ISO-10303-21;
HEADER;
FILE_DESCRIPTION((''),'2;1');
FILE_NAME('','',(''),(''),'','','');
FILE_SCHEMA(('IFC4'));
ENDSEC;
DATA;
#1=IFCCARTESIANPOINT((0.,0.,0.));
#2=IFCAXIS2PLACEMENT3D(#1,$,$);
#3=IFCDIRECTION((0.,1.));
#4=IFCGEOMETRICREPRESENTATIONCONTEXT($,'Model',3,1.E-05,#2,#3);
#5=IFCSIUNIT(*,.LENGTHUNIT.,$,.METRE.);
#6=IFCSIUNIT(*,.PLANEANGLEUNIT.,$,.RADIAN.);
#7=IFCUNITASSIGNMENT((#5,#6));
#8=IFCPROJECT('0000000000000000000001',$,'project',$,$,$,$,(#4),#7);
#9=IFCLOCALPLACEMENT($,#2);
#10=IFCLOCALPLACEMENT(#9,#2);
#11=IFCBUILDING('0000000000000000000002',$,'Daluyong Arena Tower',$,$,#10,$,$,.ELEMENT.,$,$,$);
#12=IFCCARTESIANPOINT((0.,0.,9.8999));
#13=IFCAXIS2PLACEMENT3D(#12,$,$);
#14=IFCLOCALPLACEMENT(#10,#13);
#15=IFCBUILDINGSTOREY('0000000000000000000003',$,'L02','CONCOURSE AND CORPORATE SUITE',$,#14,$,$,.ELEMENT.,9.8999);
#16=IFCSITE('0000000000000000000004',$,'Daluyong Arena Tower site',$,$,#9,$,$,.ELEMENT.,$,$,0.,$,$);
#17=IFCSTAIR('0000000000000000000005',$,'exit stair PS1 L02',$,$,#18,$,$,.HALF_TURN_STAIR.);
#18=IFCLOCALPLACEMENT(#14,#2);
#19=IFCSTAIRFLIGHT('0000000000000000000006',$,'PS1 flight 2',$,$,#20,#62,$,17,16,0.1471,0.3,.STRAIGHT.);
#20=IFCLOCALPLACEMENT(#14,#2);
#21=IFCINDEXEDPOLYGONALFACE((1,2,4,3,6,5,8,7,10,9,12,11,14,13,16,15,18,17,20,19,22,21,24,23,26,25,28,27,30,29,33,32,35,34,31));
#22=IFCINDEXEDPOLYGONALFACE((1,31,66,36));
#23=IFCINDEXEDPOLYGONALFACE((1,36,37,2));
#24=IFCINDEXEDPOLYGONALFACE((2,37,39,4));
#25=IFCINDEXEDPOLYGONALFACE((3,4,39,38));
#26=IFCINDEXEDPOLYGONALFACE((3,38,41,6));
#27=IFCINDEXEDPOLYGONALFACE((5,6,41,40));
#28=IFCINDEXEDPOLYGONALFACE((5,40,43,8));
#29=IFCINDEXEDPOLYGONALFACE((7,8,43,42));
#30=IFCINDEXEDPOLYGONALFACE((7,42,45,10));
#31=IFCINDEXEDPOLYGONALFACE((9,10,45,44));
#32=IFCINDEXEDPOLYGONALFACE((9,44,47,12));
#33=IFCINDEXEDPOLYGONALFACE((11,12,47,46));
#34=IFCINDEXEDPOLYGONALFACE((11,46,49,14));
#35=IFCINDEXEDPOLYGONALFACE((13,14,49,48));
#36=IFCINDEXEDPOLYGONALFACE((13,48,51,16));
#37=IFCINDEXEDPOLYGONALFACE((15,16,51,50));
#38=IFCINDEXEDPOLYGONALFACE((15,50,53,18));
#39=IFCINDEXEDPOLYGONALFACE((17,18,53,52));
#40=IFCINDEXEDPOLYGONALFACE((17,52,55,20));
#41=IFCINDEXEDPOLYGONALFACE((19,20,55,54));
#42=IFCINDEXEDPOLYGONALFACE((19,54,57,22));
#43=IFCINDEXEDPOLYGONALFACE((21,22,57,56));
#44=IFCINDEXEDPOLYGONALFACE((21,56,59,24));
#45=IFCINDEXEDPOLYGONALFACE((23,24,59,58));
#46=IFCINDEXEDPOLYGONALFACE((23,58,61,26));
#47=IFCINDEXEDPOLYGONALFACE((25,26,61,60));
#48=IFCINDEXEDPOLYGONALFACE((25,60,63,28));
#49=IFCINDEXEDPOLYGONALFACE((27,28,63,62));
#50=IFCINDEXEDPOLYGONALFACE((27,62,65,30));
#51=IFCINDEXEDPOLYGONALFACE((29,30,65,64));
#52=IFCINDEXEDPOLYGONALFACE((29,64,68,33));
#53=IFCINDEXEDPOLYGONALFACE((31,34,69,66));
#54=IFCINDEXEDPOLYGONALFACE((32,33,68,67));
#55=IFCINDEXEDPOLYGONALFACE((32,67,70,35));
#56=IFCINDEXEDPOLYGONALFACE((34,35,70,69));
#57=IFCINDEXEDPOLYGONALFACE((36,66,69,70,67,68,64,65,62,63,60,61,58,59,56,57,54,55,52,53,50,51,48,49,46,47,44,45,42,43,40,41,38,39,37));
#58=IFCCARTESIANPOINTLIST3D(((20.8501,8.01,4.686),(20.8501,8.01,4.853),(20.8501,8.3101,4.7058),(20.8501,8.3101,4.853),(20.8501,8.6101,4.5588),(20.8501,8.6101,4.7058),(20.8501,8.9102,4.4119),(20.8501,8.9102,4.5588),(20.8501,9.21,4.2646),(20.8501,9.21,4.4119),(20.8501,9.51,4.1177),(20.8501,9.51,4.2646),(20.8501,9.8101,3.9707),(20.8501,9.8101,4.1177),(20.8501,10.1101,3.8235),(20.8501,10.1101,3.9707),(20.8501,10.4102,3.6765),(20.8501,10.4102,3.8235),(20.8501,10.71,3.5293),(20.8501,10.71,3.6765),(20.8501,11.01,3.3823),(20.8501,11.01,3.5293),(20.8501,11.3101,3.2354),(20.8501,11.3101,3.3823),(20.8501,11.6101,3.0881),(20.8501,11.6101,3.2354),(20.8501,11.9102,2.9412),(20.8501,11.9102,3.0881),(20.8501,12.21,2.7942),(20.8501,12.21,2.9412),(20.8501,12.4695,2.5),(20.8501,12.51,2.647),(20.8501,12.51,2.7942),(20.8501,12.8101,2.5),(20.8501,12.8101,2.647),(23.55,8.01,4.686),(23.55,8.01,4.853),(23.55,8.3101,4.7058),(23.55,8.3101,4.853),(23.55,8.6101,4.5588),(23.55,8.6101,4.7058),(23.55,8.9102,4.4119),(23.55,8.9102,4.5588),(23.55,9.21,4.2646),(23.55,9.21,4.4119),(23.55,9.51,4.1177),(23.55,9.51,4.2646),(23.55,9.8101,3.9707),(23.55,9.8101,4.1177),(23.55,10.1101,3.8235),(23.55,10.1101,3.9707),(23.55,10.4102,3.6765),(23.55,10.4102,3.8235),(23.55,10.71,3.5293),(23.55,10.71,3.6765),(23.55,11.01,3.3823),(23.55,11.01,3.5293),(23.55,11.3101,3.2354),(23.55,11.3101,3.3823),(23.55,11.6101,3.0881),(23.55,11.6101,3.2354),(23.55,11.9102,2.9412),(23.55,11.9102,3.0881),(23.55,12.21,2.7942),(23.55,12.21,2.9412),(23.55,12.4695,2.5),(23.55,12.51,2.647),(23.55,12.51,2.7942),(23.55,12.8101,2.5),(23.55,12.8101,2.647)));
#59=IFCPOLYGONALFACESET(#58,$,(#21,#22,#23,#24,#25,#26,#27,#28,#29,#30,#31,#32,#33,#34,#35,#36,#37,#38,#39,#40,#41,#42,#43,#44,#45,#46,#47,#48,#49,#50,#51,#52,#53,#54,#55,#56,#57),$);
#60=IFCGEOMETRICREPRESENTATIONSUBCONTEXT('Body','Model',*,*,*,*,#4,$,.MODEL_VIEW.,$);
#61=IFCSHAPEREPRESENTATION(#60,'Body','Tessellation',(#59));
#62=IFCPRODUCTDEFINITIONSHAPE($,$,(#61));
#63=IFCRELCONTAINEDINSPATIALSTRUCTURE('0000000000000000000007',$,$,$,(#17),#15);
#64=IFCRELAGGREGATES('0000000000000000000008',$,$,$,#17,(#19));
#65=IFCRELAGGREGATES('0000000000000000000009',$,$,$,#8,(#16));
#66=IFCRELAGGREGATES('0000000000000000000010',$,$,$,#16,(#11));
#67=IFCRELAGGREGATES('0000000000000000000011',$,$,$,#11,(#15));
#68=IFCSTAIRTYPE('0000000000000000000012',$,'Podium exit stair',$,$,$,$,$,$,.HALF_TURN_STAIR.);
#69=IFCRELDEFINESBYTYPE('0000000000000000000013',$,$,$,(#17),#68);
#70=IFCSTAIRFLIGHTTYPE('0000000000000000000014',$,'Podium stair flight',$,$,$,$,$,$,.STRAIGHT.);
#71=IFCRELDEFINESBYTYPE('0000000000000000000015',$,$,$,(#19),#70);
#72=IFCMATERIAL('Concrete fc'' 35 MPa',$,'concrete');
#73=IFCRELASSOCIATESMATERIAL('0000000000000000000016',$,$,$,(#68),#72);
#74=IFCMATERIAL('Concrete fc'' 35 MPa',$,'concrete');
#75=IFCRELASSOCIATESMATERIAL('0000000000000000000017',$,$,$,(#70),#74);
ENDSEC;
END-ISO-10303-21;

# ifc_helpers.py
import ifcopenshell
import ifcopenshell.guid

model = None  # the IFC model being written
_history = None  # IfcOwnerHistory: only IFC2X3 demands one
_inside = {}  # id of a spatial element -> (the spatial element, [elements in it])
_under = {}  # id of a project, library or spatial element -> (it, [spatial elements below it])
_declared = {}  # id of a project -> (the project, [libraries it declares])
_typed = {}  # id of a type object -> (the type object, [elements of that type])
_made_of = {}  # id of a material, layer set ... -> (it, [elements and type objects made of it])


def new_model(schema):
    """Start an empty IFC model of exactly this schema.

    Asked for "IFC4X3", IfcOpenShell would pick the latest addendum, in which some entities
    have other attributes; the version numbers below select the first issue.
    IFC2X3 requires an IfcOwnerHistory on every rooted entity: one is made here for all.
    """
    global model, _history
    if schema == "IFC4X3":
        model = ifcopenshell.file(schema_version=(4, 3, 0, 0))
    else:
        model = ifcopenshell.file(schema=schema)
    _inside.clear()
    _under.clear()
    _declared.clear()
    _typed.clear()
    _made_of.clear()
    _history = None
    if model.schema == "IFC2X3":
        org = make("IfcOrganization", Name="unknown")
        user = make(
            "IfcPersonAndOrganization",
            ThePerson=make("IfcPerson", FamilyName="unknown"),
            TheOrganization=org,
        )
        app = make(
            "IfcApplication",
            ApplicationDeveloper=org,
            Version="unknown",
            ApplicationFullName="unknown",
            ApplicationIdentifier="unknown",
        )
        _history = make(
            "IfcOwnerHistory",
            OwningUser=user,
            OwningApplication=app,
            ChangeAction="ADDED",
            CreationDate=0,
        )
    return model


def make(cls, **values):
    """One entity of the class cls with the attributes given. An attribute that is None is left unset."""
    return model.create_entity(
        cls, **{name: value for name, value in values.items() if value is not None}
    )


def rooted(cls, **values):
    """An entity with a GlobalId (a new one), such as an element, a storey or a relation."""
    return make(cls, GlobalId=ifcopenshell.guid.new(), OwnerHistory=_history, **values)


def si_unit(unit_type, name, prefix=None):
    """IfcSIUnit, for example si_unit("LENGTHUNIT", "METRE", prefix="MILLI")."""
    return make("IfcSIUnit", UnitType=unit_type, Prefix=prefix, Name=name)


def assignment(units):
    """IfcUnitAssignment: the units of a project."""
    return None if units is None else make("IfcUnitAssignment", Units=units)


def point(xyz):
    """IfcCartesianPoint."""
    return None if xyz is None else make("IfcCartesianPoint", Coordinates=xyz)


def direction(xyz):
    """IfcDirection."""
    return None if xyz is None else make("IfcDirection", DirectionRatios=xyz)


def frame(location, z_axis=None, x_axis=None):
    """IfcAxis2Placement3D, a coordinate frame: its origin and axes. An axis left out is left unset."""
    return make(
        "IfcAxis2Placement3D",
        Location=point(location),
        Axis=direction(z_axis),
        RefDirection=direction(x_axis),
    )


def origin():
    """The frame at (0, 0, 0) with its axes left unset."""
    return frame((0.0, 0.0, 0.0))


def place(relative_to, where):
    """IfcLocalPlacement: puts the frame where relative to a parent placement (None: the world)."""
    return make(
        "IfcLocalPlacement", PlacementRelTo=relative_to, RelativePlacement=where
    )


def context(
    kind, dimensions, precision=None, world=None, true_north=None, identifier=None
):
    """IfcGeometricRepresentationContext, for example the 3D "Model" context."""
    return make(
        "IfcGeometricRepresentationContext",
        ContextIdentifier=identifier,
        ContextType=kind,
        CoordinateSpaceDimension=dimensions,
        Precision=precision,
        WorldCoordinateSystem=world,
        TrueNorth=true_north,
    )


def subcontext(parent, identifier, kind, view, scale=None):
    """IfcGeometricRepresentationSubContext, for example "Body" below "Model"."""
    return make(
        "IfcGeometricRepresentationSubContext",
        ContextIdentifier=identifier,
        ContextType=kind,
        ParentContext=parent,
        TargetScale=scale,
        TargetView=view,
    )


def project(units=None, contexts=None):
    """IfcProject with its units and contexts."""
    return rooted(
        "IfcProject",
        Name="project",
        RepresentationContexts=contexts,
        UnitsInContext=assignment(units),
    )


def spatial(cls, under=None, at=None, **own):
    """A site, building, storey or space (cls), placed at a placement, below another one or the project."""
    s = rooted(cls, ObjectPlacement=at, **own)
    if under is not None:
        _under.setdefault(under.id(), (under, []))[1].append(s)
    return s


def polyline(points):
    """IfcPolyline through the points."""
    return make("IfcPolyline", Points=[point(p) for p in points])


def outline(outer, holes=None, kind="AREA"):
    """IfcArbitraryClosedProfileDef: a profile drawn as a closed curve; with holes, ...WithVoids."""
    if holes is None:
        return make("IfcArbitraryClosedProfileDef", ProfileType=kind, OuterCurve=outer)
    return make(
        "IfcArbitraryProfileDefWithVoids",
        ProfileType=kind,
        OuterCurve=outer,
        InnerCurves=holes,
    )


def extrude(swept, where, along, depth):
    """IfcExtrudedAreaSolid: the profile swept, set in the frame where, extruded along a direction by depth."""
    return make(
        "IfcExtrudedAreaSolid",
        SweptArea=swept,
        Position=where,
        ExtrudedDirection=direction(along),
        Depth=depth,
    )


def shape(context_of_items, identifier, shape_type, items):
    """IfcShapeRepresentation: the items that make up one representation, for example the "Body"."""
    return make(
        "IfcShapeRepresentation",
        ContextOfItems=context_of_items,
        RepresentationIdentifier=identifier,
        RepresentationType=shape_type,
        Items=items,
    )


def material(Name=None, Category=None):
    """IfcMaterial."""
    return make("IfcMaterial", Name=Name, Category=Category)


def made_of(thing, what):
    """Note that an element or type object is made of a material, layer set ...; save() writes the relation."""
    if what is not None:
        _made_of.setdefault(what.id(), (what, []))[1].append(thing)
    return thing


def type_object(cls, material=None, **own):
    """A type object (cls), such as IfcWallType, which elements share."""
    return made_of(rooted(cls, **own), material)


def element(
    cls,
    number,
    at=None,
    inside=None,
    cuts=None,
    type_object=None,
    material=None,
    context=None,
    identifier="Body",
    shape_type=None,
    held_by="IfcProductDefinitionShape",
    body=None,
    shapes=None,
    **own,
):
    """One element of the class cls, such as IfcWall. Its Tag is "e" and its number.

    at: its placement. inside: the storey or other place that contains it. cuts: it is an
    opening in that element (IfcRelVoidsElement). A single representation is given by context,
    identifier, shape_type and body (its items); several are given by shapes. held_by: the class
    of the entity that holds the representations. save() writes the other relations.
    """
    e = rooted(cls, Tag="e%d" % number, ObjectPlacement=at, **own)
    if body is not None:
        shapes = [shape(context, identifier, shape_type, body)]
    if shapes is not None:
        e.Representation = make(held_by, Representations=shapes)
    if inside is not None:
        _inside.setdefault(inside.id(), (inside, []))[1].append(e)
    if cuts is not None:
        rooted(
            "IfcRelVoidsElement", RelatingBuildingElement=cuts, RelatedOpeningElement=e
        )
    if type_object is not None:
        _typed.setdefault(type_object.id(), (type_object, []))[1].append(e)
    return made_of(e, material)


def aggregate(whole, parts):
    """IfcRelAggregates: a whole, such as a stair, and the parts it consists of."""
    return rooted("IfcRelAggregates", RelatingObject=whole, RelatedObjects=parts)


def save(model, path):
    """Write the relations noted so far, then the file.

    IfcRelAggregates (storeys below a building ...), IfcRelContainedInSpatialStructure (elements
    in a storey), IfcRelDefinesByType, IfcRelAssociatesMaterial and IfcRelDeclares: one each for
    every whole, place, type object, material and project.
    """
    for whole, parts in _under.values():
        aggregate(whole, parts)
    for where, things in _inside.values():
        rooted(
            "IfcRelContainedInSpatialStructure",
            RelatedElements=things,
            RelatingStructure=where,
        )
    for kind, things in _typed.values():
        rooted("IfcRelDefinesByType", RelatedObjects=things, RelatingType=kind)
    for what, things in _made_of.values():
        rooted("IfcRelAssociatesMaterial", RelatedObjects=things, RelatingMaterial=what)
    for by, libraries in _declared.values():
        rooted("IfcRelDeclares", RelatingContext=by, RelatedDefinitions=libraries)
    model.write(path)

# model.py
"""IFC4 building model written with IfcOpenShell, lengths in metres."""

from ifc_helpers import new_model, si_unit, direction, frame, origin, place, context, subcontext, project, spatial, polyline, outline, extrude, material, type_object, element, aggregate, save


model = new_model("IFC4")

# Units and contexts
model_context = context("Model", 3, precision=1e-05, world=origin(), true_north=direction((0.0, 1.0)))
body_context = subcontext(model_context, "Body", "Model", "MODEL_VIEW")
ifc_project = project(units=[si_unit("LENGTHUNIT", "METRE"), si_unit("PLANEANGLEUNIT", "RADIAN")], contexts=[model_context])

# Site, building, storey
site_placement = place(None, origin())
site = spatial("IfcSite", under=ifc_project, at=site_placement, Name="Daluyong Arena Tower site", CompositionType="ELEMENT", RefElevation=0.0)
building_placement = place(site_placement, origin())
building = spatial("IfcBuilding", under=site, at=building_placement, Name="Daluyong Arena Tower", CompositionType="ELEMENT")
storey_placement = place(building_placement, frame((0.0, 0.0, 9.8999)))
storey = spatial("IfcBuildingStorey", under=building, at=storey_placement, Name="L02", Description="CONCOURSE AND CORPORATE SUITE", CompositionType="ELEMENT", Elevation=9.8999)

# Stair, stair flight
ifc_material_1 = material(Name="Concrete fc' 35 MPa", Category="concrete")
stair_type = type_object("IfcStairType", Name="Podium exit stair", PredefinedType="HALF_TURN_STAIR", material=ifc_material_1)
stair_placement = place(storey_placement, origin())
stair = element("IfcStair", 1, at=stair_placement, inside=storey, type_object=stair_type, Name="exit stair PS1 L02", PredefinedType="HALF_TURN_STAIR")
ifc_material_2 = material(Name="Concrete fc' 35 MPa", Category="concrete")
stair_flight_type = type_object("IfcStairFlightType", Name="Podium stair flight", PredefinedType="STRAIGHT", material=ifc_material_2)
stair_flight_placement = place(storey_placement, frame((22.2, 12.8101, 2.5), z_axis=(0.0, 0.0, 1.0), x_axis=(0.0, -1.0, 0.0)))
stair_flight = element("IfcStairFlight", 2, at=stair_flight_placement, type_object=stair_flight_type, Name="PS1 flight 2", NumberOfRisers=17, NumberOfTreads=16, PredefinedType="STRAIGHT", RiserHeight=0.1471, TreadLength=0.3, context=body_context, shape_type="SweptSolid", body=[
    extrude(outline(polyline([(0.0, 0.0), (0.0, 0.147), (0.3, 0.147), (0.3, 0.2942), (0.6001, 0.2942), (0.6001, 0.4412), (0.8999, 0.4412), (0.8999, 0.5881), (1.2, 0.5881), (1.2, 0.7354), (1.5, 0.7354), (1.5, 0.8823), (1.8, 0.8823), (1.8, 1.0293), (2.1001, 1.0293), (2.1001, 1.1765), (2.3999, 1.1765), (2.3999, 1.3235), (2.7, 1.3235), (2.7, 1.4707), (3.0, 1.4707), (3.0, 1.6177), (3.3, 1.6177), (3.3, 1.7646), (3.6001, 1.7646), (3.6001, 1.9119), (3.8999, 1.9119), (3.8999, 2.0588), (4.2, 2.0588), (4.2, 2.2058), (4.5, 2.2058), (4.5, 2.353), (4.8, 2.353), (4.8, 2.5), (4.8, 2.186), (0.3406, 0.0), (0.0, 0.0)])), frame((0.0, 1.3501, 0.0), z_axis=(0.0, -1.0, 0.0), x_axis=(1.0, 0.0, 0.0)), (0.0, 0.0, 1.0), 2.7),
])
aggregate(stair, [stair_flight])

save(model, "model.ifc")
